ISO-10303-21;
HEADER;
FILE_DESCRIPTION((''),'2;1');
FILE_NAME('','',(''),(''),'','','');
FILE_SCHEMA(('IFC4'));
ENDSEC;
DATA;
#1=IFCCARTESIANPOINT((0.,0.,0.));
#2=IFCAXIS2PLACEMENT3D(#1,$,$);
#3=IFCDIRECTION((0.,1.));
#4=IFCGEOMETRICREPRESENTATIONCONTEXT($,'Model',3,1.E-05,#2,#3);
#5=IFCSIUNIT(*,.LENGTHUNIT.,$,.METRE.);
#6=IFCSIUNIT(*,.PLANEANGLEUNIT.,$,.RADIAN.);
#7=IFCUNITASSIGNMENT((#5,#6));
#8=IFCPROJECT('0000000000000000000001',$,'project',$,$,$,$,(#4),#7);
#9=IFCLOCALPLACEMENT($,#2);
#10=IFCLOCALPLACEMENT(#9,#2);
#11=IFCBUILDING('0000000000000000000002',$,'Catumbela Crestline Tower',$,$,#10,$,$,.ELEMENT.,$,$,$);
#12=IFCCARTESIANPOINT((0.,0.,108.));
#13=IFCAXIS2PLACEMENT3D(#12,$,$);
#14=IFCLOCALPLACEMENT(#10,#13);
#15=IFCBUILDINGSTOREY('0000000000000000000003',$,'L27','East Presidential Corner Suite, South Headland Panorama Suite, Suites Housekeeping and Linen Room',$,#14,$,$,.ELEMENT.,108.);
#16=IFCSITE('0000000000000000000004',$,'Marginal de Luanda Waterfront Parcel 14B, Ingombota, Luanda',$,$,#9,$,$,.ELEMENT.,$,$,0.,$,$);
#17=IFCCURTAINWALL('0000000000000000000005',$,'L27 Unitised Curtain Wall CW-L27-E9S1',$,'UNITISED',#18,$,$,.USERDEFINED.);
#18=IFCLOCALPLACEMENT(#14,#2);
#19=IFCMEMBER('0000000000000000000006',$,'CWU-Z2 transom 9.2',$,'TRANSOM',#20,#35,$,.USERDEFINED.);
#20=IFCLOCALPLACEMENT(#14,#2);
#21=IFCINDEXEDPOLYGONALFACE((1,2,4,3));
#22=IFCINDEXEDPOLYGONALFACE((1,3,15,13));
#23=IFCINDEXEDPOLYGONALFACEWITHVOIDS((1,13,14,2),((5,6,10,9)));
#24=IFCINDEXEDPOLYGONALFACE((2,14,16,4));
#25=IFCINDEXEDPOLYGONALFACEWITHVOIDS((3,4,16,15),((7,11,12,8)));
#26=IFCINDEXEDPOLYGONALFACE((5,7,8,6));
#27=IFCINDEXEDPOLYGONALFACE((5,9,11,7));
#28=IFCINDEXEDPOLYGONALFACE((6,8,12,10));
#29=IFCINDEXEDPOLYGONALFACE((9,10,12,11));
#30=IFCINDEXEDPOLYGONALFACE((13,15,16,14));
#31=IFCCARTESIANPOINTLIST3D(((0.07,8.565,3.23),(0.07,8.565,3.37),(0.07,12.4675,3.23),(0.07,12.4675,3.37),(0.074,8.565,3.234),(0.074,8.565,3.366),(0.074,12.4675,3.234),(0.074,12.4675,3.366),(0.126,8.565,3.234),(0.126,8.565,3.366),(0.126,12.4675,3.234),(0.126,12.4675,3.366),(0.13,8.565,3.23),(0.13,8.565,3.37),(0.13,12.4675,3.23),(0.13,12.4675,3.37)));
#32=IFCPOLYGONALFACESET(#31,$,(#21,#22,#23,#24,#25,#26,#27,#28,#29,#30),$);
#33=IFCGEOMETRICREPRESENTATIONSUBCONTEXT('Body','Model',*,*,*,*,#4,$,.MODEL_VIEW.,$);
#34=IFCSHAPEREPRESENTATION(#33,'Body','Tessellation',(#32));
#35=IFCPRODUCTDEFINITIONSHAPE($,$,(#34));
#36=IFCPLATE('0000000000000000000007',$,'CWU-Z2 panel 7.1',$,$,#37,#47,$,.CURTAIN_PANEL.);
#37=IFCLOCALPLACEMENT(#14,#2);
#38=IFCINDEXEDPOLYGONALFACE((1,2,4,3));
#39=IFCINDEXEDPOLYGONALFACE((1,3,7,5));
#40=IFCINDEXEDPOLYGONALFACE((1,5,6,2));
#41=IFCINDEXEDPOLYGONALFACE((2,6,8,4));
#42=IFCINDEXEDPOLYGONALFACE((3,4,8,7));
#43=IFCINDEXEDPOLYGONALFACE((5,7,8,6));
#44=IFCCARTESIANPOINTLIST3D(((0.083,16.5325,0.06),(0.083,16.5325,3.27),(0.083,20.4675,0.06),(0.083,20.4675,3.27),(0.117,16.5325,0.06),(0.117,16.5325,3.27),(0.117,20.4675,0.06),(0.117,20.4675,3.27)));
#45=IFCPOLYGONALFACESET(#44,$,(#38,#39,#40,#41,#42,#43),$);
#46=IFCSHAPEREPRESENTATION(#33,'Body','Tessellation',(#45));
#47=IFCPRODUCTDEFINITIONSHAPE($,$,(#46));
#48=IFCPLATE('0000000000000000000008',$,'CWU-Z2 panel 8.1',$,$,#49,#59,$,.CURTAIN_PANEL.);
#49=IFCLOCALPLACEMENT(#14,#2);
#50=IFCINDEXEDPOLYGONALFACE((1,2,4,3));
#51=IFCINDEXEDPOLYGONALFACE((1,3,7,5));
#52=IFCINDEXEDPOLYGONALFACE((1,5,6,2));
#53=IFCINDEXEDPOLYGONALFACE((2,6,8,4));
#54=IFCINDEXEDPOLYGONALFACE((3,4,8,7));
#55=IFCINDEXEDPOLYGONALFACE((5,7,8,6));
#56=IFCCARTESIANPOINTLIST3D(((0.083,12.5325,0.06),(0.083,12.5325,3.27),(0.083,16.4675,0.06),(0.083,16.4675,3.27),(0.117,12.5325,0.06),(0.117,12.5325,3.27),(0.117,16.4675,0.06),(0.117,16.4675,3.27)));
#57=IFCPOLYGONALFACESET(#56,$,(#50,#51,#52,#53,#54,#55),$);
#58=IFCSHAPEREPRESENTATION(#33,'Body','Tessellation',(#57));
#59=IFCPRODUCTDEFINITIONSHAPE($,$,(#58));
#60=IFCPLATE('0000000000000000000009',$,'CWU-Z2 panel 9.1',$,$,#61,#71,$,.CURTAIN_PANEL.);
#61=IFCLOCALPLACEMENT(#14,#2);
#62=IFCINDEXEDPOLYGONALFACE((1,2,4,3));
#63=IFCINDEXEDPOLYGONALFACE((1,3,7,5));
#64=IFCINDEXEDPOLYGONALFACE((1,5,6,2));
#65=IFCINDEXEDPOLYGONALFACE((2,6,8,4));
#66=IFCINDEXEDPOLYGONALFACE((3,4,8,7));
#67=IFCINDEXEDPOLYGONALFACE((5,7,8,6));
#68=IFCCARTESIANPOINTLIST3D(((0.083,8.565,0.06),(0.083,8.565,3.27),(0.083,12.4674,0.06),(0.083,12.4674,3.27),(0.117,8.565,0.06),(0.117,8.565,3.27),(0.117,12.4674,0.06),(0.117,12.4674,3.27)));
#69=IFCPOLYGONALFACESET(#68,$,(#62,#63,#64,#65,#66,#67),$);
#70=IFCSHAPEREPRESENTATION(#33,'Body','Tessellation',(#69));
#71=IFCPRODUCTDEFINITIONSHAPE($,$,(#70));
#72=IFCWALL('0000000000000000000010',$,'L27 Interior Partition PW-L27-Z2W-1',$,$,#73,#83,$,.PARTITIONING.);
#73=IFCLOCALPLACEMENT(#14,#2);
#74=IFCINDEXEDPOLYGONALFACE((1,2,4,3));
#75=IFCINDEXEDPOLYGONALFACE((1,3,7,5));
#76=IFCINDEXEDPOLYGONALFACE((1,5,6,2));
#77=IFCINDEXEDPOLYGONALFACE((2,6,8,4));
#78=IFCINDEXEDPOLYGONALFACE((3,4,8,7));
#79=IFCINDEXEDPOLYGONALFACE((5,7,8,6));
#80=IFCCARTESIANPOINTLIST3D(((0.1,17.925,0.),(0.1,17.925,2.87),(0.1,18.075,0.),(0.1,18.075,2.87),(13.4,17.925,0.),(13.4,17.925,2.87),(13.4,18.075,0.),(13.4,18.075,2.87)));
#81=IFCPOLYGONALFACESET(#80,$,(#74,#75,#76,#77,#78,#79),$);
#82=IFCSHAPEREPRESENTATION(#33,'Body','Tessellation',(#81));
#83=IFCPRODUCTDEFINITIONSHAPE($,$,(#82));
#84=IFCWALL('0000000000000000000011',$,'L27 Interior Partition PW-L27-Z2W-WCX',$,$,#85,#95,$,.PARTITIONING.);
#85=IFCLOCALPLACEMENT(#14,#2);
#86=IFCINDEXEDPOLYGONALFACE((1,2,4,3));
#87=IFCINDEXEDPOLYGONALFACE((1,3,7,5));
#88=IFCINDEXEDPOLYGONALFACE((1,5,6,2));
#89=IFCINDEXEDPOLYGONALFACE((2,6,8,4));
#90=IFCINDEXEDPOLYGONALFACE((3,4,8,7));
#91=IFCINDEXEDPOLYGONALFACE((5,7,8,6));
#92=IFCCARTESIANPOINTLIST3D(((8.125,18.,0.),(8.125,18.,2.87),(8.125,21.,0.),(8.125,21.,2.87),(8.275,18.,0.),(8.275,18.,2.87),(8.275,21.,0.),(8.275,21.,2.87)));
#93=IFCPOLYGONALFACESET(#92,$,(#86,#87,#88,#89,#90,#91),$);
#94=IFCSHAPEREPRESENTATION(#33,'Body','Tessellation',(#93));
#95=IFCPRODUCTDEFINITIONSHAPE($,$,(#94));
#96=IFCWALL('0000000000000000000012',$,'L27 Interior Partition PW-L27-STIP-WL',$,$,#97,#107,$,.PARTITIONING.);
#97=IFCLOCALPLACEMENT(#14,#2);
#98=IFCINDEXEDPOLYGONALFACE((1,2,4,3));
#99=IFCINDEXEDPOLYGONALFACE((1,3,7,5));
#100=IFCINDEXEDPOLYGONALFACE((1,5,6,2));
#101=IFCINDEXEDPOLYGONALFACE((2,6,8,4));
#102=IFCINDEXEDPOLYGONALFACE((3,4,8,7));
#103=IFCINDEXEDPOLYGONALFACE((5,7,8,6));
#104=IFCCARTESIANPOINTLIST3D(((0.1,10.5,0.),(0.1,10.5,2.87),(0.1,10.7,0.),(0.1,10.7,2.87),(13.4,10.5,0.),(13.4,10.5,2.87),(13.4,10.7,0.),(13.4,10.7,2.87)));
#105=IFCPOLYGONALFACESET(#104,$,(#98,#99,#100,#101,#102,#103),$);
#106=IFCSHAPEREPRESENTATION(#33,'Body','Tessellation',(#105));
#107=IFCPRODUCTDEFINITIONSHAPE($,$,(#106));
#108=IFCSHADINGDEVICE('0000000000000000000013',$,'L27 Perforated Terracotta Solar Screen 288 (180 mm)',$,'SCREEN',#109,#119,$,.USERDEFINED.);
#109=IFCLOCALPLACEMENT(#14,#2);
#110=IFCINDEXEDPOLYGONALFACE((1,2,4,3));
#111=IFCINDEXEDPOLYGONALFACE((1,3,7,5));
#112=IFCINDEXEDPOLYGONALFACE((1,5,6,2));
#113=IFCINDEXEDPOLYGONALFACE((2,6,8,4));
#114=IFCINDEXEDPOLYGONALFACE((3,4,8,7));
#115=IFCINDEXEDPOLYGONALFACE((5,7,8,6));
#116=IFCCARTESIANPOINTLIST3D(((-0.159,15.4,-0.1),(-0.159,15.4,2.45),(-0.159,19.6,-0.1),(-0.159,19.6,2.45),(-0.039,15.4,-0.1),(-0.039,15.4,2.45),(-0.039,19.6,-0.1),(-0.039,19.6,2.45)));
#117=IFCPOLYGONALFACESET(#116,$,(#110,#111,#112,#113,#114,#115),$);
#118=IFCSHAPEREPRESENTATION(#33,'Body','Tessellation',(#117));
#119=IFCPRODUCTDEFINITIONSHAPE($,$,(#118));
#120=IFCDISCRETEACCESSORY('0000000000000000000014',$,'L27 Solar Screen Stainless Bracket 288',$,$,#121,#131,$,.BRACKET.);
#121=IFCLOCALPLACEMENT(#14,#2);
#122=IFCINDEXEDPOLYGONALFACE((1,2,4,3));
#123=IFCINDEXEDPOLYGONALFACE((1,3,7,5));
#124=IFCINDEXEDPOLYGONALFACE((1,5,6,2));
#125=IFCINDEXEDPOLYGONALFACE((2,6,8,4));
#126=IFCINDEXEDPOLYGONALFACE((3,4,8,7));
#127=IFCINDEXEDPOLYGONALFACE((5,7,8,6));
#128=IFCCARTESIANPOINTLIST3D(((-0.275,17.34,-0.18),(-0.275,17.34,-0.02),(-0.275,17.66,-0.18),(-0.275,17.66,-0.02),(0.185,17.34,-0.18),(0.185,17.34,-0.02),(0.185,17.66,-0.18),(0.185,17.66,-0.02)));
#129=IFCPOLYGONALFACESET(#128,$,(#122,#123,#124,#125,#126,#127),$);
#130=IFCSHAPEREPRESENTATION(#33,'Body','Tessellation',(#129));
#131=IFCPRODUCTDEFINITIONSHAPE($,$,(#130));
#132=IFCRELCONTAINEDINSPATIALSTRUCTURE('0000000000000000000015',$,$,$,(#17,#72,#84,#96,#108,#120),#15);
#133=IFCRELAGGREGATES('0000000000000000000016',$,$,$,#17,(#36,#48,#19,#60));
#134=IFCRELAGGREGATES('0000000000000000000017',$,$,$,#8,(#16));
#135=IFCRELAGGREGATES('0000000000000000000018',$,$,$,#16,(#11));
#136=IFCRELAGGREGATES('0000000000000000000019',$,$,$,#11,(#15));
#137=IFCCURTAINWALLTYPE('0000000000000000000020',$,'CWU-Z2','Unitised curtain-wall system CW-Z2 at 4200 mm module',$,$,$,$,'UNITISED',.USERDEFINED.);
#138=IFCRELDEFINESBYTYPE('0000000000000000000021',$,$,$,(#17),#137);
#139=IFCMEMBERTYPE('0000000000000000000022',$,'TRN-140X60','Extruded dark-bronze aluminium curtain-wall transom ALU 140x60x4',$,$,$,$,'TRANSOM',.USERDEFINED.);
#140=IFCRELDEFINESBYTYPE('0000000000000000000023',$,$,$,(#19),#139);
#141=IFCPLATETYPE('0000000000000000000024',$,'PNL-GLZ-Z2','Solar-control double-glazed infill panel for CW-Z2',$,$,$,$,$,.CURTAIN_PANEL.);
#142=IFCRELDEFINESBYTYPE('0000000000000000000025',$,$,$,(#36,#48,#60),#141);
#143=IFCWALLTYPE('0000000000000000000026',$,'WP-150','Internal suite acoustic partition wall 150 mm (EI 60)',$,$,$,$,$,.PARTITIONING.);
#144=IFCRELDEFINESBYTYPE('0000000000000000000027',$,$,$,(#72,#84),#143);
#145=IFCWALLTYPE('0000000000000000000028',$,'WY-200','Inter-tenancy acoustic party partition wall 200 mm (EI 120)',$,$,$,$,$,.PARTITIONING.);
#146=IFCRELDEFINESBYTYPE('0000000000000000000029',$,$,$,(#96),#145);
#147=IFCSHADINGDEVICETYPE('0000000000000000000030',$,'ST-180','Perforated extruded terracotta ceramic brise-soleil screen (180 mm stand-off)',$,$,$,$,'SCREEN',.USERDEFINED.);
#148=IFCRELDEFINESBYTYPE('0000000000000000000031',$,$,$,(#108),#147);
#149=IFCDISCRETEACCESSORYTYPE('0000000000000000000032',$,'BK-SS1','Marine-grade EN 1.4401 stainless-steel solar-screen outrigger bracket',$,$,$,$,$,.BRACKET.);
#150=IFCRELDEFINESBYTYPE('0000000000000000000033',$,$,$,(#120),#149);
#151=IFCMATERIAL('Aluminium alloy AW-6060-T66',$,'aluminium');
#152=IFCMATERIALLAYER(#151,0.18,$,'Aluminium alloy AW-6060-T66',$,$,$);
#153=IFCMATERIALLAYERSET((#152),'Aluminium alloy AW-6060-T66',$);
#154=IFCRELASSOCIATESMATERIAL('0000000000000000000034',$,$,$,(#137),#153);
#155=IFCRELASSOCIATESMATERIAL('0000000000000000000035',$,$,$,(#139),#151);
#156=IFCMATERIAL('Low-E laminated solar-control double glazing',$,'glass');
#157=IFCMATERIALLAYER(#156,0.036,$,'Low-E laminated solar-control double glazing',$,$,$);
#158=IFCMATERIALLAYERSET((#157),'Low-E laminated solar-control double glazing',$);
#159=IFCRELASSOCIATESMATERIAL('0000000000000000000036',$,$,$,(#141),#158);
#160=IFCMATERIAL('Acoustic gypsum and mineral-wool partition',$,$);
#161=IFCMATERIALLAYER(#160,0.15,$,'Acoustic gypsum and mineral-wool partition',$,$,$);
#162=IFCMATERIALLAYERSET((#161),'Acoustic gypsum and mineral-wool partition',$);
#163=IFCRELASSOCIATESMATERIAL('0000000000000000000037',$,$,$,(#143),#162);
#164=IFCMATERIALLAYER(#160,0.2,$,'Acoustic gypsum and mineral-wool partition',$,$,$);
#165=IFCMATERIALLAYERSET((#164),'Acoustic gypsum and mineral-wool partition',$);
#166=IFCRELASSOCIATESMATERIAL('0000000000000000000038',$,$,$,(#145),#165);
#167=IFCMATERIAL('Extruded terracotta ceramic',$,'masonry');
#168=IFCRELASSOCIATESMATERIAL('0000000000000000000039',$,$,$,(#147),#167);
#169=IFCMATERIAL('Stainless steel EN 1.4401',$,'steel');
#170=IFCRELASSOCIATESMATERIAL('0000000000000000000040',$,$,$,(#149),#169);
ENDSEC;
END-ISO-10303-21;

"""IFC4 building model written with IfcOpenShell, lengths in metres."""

from ifc_helpers import new_model, si_unit, direction, frame, frame_2d, origin, origin_2d, place, context, subcontext, project, spatial, rectangle, hollow_rectangle, extrude, material, layer, layer_set, material_profile, profile_set, type_object, element, aggregate, save


model = new_model("IFC4")

# Units and contexts
model_context = context("Model", 3, precision=1e-05, world=origin(), true_north=direction((0.0, 1.0)))
body_context = subcontext(model_context, "Body", "Model", "MODEL_VIEW")
ifc_project = project(units=[si_unit("LENGTHUNIT", "METRE"), si_unit("PLANEANGLEUNIT", "RADIAN")], contexts=[model_context])

# Site, building, storey
site_placement = place(None, origin())
site = spatial("IfcSite", under=ifc_project, at=site_placement, Name="Marginal de Luanda Waterfront Parcel 14B, Ingombota, Luanda", CompositionType="ELEMENT", RefElevation=0.0)
building_placement = place(site_placement, origin())
building = spatial("IfcBuilding", under=site, at=building_placement, Name="Catumbela Crestline Tower", CompositionType="ELEMENT")
storey_placement = place(building_placement, frame((0.0, 0.0, 108.0)))
storey = spatial("IfcBuildingStorey", under=building, at=storey_placement, Name="L27", Description="East Presidential Corner Suite, South Headland Panorama Suite, Suites Housekeeping and Linen Room", CompositionType="ELEMENT", Elevation=108.0)

# Curtain wall
ifc_material_1 = material(Name="Aluminium alloy AW-6060-T66", Category="aluminium")
ifc_layer_1 = layer(ifc_material_1, 0.18, Name="Aluminium alloy AW-6060-T66")
ifc_layer_set_1 = layer_set([ifc_layer_1], Name="Aluminium alloy AW-6060-T66")
curtain_wall_type = type_object("IfcCurtainWallType", Name="CWU-Z2", Description="Unitised curtain-wall system CW-Z2 at 4200 mm module", ElementType="UNITISED", PredefinedType="USERDEFINED", material=ifc_layer_set_1)
curtain_wall_placement = place(storey_placement, origin())
curtain_wall = element("IfcCurtainWall", 1, at=curtain_wall_placement, inside=storey, type_object=curtain_wall_type, Name="L27 Unitised Curtain Wall CW-L27-E9S1", ObjectType="UNITISED", PredefinedType="USERDEFINED")

# Member
ifc_material_profile_1 = material_profile(ifc_material_1, hollow_rectangle(XDim=0.06, YDim=0.14, WallThickness=0.004, at=origin_2d()), Name="ALU 140x60x4")
ifc_profile_set_1 = profile_set([ifc_material_profile_1], Name="Aluminium alloy AW-6060-T66")
member_type_1 = type_object("IfcMemberType", Name="TRN-140X60", Description="Extruded dark-bronze aluminium curtain-wall transom ALU 140x60x4", ElementType="TRANSOM", PredefinedType="USERDEFINED", material=ifc_profile_set_1)
member_1_placement = place(storey_placement, frame((0.1, 12.4675, 3.3), z_axis=(0.0, -1.0, 0.0), x_axis=(1.0, 0.0, 0.0)))
member_1 = element("IfcMember", 2, at=member_1_placement, type_object=member_type_1, Name="CWU-Z2 transom 9.2", ObjectType="TRANSOM", PredefinedType="USERDEFINED", context=body_context, shape_type="SweptSolid", body=[
    extrude(hollow_rectangle(XDim=0.06, YDim=0.14, WallThickness=0.004, at=origin_2d()), origin(), (0.0, 0.0, 1.0), 3.9025),
])

# Plates
ifc_material_2 = material(Name="Low-E laminated solar-control double glazing", Category="glass")
ifc_layer_2 = layer(ifc_material_2, 0.036, Name="Low-E laminated solar-control double glazing")
ifc_layer_set_2 = layer_set([ifc_layer_2], Name="Low-E laminated solar-control double glazing")
plate_type = type_object("IfcPlateType", Name="PNL-GLZ-Z2", Description="Solar-control double-glazed infill panel for CW-Z2", PredefinedType="CURTAIN_PANEL", material=ifc_layer_set_2)
plate_1_placement = place(storey_placement, frame((0.1, 18.5, 0.06), z_axis=(0.0, 0.0, 1.0), x_axis=(0.0, -1.0, 0.0)))
plate_1 = element("IfcPlate", 3, at=plate_1_placement, type_object=plate_type, Name="CWU-Z2 panel 7.1", PredefinedType="CURTAIN_PANEL", context=body_context, shape_type="SweptSolid", body=[
    extrude(rectangle(XDim=3.935, YDim=0.034, at=origin_2d()), origin(), (0.0, 0.0, 1.0), 3.21),
])
plate_2_placement = place(storey_placement, frame((0.1, 14.5, 0.06), z_axis=(0.0, 0.0, 1.0), x_axis=(0.0, -1.0, 0.0)))
plate_2 = element("IfcPlate", 4, at=plate_2_placement, type_object=plate_type, Name="CWU-Z2 panel 8.1", PredefinedType="CURTAIN_PANEL", context=body_context, shape_type="SweptSolid", body=[
    extrude(rectangle(XDim=3.935, YDim=0.034, at=origin_2d()), origin(), (0.0, 0.0, 1.0), 3.21),
])
plate_3_placement = place(storey_placement, frame((0.1, 10.5162, 0.06), z_axis=(0.0, 0.0, 1.0), x_axis=(0.0, -1.0, 0.0)))
plate_3 = element("IfcPlate", 5, at=plate_3_placement, type_object=plate_type, Name="CWU-Z2 panel 9.1", PredefinedType="CURTAIN_PANEL", context=body_context, shape_type="SweptSolid", body=[
    extrude(rectangle(XDim=3.9025, YDim=0.034, at=origin_2d()), origin(), (0.0, 0.0, 1.0), 3.21),
])
aggregate(curtain_wall, [plate_1, plate_2, member_1, plate_3])

# Walls
ifc_material_3 = material(Name="Acoustic gypsum and mineral-wool partition")
ifc_layer_3 = layer(ifc_material_3, 0.15, Name="Acoustic gypsum and mineral-wool partition")
ifc_layer_set_3 = layer_set([ifc_layer_3], Name="Acoustic gypsum and mineral-wool partition")
wall_type_1 = type_object("IfcWallType", Name="WP-150", Description="Internal suite acoustic partition wall 150 mm (EI 60)", PredefinedType="PARTITIONING", material=ifc_layer_set_3)
wall_1_placement = place(storey_placement, frame((0.1, 18.0, 0.0), z_axis=(0.0, 0.0, 1.0), x_axis=(1.0, 0.0, 0.0)))
element("IfcWall", 6, at=wall_1_placement, inside=storey, type_object=wall_type_1, Name="L27 Interior Partition PW-L27-Z2W-1", PredefinedType="PARTITIONING", context=body_context, shape_type="SweptSolid", body=[
    extrude(rectangle(XDim=13.3, YDim=0.15, at=frame_2d((6.65, 0.0))), origin(), (0.0, 0.0, 1.0), 2.87),
])
wall_2_placement = place(storey_placement, frame((8.2, 18.0, 0.0), z_axis=(0.0, 0.0, 1.0), x_axis=(0.0, 1.0, 0.0)))
element("IfcWall", 7, at=wall_2_placement, inside=storey, type_object=wall_type_1, Name="L27 Interior Partition PW-L27-Z2W-WCX", PredefinedType="PARTITIONING", context=body_context, shape_type="SweptSolid", body=[
    extrude(rectangle(XDim=3.0, YDim=0.15, at=frame_2d((1.5, 0.0))), origin(), (0.0, 0.0, 1.0), 2.87),
])
ifc_layer_4 = layer(ifc_material_3, 0.2, Name="Acoustic gypsum and mineral-wool partition")
ifc_layer_set_4 = layer_set([ifc_layer_4], Name="Acoustic gypsum and mineral-wool partition")
wall_type_2 = type_object("IfcWallType", Name="WY-200", Description="Inter-tenancy acoustic party partition wall 200 mm (EI 120)", PredefinedType="PARTITIONING", material=ifc_layer_set_4)
wall_3_placement = place(storey_placement, frame((0.1, 10.6, 0.0), z_axis=(0.0, 0.0, 1.0), x_axis=(1.0, 0.0, 0.0)))
element("IfcWall", 8, at=wall_3_placement, inside=storey, type_object=wall_type_2, Name="L27 Interior Partition PW-L27-STIP-WL", PredefinedType="PARTITIONING", context=body_context, shape_type="SweptSolid", body=[
    extrude(rectangle(XDim=13.3, YDim=0.2, at=frame_2d((6.65, 0.0))), origin(), (0.0, 0.0, 1.0), 2.87),
])

# Shading device
ifc_material_4 = material(Name="Extruded terracotta ceramic", Category="masonry")
shading_device_type = type_object("IfcShadingDeviceType", Name="ST-180", Description="Perforated extruded terracotta ceramic brise-soleil screen (180 mm stand-off)", ElementType="SCREEN", PredefinedType="USERDEFINED", material=ifc_material_4)
shading_device_placement = place(storey_placement, frame((-0.099, 17.5, -0.1), z_axis=(0.0, 0.0, 1.0), x_axis=(0.0, -1.0, 0.0)))
element("IfcShadingDevice", 9, at=shading_device_placement, inside=storey, type_object=shading_device_type, Name="L27 Perforated Terracotta Solar Screen 288 (180 mm)", ObjectType="SCREEN", PredefinedType="USERDEFINED", context=body_context, shape_type="SweptSolid", body=[
    extrude(rectangle(XDim=4.2, YDim=0.12, at=origin_2d()), origin(), (0.0, 0.0, 1.0), 2.55),
])

# Discrete accessory
ifc_material_5 = material(Name="Stainless steel EN 1.4401", Category="steel")
discrete_accessory_type = type_object("IfcDiscreteAccessoryType", Name="BK-SS1", Description="Marine-grade EN 1.4401 stainless-steel solar-screen outrigger bracket", PredefinedType="BRACKET", material=ifc_material_5)
discrete_accessory_placement = place(storey_placement, frame((-0.045, 17.5, -0.18), z_axis=(0.0, 0.0, 1.0), x_axis=(0.0, -1.0, 0.0)))
element("IfcDiscreteAccessory", 10, at=discrete_accessory_placement, inside=storey, type_object=discrete_accessory_type, Name="L27 Solar Screen Stainless Bracket 288", PredefinedType="BRACKET", context=body_context, shape_type="SweptSolid", body=[
    extrude(rectangle(XDim=0.32, YDim=0.46, at=origin_2d()), origin(), (0.0, 0.0, 1.0), 0.16),
])

save(model, "model.ifc")
